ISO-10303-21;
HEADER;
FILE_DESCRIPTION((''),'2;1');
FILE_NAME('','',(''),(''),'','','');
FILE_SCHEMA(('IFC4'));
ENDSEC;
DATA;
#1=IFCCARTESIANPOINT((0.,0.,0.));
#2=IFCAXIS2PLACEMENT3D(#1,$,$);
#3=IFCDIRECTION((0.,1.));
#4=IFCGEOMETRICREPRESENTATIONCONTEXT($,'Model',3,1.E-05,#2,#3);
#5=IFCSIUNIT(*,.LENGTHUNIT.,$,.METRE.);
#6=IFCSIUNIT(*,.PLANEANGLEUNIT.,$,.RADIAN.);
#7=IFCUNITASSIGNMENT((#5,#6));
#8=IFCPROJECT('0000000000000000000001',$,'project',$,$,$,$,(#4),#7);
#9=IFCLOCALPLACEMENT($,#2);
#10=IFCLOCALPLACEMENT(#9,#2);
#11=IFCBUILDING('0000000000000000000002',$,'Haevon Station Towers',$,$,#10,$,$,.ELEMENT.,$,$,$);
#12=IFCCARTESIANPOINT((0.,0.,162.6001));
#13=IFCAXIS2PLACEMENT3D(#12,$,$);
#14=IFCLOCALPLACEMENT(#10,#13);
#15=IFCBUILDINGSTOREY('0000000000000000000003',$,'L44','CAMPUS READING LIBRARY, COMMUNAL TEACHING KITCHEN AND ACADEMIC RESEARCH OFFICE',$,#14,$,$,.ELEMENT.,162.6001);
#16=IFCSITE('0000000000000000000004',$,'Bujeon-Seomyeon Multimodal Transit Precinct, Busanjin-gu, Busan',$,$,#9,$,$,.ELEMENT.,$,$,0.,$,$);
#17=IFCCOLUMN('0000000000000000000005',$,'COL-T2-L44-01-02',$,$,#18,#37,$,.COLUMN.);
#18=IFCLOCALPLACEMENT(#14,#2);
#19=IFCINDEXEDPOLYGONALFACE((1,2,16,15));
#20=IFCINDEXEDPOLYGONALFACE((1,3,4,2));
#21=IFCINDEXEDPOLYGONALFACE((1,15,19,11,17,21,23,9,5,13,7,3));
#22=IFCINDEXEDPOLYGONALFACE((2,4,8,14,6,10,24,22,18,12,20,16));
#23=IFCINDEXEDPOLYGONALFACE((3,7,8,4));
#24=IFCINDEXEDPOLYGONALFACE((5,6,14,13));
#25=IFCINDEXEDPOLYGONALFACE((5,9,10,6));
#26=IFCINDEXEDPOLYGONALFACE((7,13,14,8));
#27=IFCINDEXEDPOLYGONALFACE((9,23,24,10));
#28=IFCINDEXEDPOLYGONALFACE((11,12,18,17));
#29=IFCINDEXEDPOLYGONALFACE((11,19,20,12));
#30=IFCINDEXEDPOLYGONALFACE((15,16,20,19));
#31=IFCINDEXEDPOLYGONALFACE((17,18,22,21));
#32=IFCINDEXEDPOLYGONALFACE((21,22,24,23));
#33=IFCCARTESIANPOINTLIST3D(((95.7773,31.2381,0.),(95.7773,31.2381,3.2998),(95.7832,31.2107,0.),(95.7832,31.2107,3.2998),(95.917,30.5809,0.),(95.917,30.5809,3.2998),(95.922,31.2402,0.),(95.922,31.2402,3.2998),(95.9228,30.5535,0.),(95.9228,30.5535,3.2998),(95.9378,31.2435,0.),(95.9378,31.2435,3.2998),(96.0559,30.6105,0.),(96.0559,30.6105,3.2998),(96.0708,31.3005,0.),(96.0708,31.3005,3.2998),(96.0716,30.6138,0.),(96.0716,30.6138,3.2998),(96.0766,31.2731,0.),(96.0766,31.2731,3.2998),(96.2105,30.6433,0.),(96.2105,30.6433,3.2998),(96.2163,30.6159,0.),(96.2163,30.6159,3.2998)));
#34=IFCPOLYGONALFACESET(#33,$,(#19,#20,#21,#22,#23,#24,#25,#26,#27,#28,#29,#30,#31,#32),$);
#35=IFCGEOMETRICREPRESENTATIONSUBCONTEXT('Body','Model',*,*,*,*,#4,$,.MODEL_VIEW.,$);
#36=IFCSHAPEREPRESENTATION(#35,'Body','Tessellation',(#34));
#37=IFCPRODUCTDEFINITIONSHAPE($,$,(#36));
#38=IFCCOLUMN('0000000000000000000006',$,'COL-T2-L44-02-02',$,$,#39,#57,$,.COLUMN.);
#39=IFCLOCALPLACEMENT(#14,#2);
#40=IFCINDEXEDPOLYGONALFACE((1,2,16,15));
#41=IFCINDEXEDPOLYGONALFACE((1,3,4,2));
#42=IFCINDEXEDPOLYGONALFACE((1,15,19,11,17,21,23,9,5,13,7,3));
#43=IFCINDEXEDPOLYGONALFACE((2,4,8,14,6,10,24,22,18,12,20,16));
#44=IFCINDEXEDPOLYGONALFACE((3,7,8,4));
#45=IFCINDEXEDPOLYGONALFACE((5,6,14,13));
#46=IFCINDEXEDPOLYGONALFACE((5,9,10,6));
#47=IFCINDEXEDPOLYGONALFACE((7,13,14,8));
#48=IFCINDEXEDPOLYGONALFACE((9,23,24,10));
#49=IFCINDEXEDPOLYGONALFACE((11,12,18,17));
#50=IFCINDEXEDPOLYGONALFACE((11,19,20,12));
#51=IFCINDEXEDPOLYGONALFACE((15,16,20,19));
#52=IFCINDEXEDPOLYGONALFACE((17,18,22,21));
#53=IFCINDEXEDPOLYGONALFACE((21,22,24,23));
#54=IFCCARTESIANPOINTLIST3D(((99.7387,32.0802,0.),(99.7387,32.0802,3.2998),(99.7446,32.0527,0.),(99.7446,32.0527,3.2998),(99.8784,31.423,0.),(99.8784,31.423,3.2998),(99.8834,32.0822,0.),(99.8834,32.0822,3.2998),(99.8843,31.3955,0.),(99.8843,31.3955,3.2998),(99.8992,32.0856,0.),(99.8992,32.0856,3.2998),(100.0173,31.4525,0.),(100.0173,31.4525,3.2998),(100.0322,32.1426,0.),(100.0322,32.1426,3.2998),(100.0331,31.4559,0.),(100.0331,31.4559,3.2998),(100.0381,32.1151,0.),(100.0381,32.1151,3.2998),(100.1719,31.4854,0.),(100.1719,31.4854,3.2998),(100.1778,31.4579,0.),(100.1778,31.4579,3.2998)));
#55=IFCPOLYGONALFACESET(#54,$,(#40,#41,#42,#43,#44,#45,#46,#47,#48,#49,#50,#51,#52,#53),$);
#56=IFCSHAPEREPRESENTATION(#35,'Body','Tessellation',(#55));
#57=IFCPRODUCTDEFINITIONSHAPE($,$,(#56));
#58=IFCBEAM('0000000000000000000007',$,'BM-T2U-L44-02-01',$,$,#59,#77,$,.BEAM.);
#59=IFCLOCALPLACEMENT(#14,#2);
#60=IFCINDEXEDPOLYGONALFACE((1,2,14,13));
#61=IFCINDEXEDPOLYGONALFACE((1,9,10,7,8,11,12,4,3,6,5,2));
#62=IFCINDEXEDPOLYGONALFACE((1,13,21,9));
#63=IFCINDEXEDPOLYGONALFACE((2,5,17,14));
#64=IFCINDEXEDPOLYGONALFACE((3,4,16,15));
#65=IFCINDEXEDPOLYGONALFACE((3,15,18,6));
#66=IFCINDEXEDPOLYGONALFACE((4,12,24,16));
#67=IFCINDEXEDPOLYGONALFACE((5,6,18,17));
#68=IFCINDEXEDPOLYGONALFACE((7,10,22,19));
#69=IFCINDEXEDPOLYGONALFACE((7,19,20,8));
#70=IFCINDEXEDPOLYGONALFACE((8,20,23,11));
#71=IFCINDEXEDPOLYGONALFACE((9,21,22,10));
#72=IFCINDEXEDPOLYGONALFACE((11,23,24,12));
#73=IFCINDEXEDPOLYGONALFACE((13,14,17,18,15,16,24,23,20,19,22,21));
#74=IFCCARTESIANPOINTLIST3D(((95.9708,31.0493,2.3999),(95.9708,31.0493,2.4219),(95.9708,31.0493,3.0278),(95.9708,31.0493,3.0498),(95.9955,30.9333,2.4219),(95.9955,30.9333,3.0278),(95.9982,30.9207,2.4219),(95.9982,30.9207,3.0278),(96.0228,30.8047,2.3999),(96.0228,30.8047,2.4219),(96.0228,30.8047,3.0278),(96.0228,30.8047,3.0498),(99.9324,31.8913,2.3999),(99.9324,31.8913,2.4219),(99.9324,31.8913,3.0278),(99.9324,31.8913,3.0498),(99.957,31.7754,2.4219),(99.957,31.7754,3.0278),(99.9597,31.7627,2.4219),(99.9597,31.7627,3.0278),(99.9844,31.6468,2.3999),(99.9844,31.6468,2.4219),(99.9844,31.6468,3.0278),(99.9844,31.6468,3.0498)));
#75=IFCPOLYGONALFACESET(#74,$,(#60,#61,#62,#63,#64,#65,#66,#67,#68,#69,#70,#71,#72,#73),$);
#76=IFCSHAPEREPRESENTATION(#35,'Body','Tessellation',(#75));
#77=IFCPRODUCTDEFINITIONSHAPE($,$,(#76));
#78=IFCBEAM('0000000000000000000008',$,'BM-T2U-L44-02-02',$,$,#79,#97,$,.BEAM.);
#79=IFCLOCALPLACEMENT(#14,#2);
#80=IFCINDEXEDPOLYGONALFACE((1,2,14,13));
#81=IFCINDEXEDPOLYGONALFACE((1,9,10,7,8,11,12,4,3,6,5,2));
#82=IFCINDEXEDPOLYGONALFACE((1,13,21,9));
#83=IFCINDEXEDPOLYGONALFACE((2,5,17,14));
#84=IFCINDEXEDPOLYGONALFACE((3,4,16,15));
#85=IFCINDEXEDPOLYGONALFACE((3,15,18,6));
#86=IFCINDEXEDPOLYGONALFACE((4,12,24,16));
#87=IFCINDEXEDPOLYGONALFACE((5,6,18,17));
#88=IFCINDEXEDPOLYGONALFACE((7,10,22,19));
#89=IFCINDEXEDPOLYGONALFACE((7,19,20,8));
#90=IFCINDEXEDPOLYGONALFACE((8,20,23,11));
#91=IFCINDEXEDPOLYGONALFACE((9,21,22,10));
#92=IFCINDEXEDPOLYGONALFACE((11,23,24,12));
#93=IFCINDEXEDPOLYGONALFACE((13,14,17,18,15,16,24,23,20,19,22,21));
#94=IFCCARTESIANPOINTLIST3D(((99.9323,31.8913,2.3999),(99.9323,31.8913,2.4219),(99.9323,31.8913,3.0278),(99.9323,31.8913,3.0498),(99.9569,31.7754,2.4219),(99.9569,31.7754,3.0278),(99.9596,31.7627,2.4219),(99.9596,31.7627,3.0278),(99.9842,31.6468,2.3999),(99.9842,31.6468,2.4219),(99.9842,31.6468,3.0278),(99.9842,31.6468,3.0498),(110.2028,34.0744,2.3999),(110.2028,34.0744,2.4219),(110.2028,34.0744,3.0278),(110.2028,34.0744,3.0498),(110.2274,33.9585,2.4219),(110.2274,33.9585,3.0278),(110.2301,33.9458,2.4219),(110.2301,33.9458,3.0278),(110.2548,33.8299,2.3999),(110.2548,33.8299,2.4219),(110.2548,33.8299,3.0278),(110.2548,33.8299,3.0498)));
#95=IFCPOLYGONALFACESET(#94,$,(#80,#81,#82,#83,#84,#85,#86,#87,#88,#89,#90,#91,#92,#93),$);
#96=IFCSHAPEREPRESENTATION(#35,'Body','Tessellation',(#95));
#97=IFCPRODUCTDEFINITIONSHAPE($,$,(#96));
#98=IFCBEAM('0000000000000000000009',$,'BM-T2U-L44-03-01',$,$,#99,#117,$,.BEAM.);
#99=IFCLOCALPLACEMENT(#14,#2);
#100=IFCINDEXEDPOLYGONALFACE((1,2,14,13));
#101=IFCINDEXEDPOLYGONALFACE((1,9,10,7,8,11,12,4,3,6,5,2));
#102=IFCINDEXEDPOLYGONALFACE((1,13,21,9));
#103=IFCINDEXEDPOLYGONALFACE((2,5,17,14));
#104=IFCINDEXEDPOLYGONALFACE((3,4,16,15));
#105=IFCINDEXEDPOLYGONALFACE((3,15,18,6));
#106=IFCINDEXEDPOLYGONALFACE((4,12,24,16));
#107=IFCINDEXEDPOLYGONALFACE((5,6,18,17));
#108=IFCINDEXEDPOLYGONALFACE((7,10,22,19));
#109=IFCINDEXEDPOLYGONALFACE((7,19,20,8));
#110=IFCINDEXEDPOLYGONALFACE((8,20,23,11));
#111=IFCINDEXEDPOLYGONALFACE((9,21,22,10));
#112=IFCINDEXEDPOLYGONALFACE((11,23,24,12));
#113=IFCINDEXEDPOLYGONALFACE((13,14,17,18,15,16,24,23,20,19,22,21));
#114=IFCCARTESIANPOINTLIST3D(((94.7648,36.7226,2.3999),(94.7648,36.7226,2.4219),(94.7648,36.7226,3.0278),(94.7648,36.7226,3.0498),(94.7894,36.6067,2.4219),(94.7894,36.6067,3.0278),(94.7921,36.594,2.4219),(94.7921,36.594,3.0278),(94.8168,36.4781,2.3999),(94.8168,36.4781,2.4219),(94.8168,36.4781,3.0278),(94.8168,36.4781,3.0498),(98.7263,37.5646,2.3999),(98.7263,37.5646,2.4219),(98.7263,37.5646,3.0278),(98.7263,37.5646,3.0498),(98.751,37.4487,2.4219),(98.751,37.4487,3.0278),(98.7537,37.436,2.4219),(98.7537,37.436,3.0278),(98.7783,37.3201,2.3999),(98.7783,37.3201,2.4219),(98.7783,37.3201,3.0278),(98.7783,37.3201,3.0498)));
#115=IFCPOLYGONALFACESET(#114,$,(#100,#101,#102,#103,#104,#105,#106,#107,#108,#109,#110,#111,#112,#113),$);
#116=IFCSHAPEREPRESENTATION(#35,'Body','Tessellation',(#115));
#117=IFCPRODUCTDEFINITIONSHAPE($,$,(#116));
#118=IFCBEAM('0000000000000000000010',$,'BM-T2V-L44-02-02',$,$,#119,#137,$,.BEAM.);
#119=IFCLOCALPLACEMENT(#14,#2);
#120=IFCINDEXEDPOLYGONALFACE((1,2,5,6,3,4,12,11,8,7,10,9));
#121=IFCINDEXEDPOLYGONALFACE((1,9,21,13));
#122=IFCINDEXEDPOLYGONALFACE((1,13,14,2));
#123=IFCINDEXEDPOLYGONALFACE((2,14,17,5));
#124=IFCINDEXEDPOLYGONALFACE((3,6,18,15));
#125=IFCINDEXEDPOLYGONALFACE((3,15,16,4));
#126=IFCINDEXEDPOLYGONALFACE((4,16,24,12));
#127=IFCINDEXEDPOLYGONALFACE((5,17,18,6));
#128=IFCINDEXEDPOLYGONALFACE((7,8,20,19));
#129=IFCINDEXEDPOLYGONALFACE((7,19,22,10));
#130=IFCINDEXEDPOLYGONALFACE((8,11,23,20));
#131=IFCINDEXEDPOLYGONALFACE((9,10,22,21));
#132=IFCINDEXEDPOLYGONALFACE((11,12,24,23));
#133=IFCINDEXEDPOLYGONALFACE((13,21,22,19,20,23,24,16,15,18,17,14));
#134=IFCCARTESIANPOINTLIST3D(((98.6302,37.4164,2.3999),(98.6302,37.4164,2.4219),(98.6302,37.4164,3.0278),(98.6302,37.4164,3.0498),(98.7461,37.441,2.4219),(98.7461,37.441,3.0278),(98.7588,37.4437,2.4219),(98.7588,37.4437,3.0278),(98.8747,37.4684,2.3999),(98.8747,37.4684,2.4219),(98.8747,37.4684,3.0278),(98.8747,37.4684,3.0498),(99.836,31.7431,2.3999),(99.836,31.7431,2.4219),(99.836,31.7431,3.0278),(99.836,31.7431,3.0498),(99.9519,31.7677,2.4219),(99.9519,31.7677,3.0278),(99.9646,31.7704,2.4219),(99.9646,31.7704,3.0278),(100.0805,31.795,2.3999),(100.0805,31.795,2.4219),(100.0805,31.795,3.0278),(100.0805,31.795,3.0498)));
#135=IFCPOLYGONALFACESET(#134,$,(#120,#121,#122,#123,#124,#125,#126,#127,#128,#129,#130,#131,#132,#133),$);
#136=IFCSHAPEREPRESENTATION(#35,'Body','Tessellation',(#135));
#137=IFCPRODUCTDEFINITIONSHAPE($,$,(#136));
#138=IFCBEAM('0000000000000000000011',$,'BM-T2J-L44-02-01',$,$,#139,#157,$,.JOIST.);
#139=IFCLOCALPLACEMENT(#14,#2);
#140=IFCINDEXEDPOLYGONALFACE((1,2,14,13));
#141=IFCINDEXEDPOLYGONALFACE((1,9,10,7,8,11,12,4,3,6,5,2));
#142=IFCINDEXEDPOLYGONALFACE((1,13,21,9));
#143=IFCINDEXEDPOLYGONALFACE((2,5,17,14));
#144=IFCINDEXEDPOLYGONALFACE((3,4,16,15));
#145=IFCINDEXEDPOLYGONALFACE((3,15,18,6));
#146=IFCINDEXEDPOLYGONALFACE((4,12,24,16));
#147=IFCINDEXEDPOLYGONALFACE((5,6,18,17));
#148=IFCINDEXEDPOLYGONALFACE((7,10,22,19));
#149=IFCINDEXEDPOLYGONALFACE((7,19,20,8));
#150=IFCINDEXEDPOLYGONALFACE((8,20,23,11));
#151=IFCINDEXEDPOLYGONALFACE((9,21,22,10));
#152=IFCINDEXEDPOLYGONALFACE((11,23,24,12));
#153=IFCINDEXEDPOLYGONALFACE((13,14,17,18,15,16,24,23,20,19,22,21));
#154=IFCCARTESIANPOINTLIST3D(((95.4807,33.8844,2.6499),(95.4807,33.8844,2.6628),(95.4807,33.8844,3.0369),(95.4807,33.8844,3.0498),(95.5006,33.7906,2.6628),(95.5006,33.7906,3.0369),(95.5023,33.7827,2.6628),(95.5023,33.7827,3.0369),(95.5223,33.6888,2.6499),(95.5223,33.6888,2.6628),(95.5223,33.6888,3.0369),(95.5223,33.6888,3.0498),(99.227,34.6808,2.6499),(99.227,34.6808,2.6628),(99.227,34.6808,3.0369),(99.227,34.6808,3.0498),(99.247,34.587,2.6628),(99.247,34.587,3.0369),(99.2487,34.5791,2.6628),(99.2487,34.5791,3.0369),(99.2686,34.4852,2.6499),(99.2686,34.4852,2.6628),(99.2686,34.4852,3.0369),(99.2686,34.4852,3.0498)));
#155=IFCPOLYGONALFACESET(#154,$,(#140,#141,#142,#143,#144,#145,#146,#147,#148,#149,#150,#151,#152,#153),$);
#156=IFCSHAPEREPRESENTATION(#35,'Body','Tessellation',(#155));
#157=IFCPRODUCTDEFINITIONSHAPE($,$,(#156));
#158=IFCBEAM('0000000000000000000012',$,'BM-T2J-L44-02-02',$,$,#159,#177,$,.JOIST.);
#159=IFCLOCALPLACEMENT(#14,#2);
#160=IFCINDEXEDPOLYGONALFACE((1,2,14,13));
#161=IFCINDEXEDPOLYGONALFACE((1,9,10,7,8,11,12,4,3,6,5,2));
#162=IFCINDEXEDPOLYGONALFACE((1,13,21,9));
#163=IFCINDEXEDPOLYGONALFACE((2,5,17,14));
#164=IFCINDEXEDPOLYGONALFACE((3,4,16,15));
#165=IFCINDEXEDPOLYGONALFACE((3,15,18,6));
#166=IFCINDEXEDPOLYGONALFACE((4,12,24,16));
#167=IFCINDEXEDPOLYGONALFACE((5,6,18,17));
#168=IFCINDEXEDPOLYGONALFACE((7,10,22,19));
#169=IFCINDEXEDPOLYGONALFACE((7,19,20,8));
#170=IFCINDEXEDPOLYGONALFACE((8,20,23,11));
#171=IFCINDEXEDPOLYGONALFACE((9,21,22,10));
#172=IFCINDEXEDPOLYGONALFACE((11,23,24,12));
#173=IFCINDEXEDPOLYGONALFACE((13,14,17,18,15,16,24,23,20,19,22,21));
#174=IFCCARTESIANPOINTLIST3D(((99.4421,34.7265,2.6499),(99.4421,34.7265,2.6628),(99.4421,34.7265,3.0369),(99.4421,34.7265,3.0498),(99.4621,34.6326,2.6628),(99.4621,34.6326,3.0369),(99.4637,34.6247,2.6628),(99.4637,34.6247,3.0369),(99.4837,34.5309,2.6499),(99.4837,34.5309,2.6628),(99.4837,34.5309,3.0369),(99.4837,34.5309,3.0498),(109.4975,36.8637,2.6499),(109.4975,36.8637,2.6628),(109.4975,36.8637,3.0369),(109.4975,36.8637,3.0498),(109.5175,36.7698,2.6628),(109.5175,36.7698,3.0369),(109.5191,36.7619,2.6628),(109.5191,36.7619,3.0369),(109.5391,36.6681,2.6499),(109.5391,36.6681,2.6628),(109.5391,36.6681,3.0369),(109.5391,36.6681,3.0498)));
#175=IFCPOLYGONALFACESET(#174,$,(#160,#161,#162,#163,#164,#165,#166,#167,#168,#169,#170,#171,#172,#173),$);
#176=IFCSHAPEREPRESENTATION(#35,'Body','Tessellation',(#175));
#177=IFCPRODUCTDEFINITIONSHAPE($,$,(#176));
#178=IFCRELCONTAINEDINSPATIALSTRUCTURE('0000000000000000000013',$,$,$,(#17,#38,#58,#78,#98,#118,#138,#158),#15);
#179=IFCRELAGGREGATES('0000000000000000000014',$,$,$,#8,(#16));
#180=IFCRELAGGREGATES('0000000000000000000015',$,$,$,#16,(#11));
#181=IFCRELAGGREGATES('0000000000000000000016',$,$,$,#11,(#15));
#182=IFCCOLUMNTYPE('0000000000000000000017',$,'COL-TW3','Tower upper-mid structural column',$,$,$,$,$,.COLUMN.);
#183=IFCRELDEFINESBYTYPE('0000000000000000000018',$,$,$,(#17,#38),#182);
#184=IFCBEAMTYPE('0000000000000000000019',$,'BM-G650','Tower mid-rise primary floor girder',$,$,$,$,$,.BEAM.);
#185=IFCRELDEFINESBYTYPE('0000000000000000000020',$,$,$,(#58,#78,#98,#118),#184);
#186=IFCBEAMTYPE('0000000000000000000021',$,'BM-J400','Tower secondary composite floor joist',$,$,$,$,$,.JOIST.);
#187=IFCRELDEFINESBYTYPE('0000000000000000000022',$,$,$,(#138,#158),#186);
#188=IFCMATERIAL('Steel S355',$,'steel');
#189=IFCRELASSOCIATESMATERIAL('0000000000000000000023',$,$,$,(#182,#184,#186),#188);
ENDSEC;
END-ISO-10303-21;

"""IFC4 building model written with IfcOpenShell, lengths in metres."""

from ifc_helpers import new_model, si_unit, direction, frame, origin, origin_2d, place, context, subcontext, project, spatial, i_section, extrude, material, material_profile, profile_set, type_object, element, save


model = new_model("IFC4")

# Units and contexts
model_context = context("Model", 3, precision=1e-05, world=origin(), true_north=direction((0.0, 1.0)))
body_context = subcontext(model_context, "Body", "Model", "MODEL_VIEW")
ifc_project = project(units=[si_unit("LENGTHUNIT", "METRE"), si_unit("PLANEANGLEUNIT", "RADIAN")], contexts=[model_context])

# Site, building, storey
site_placement = place(None, origin())
site = spatial("IfcSite", under=ifc_project, at=site_placement, Name="Bujeon-Seomyeon Multimodal Transit Precinct, Busanjin-gu, Busan", CompositionType="ELEMENT", RefElevation=0.0)
building_placement = place(site_placement, origin())
building = spatial("IfcBuilding", under=site, at=building_placement, Name="Haevon Station Towers", CompositionType="ELEMENT")
storey_placement = place(building_placement, frame((0.0, 0.0, 162.6001)))
storey = spatial("IfcBuildingStorey", under=building, at=storey_placement, Name="L44", Description="CAMPUS READING LIBRARY, COMMUNAL TEACHING KITCHEN AND ACADEMIC RESEARCH OFFICE", CompositionType="ELEMENT", Elevation=162.6001)

# Columns
ifc_material_1 = material(Name="Steel S355", Category="steel")
ifc_material_profile_1 = material_profile(ifc_material_1, i_section(OverallWidth=0.3, OverallDepth=0.7, WebThickness=0.0161, FlangeThickness=0.0281, at=origin_2d()), Name="H-700x300x16x28")
ifc_profile_set_1 = profile_set([ifc_material_profile_1], Name="Steel S355")
column_type = type_object("IfcColumnType", Name="COL-TW3", Description="Tower upper-mid structural column", PredefinedType="COLUMN", material=ifc_profile_set_1)
for number, where, z_axis, x_axis, name in (
    (1, (95.9968, 30.927, 0.0), (0.0, 0.0, 1.0), (0.978148, 0.207912, 0.0), "COL-T2-L44-01-02"),
    (2, (99.9583, 31.769, 0.0), (0.0, 0.0, 1.0), (0.978148, 0.207912, 0.0), "COL-T2-L44-02-02"),
):
    element("IfcColumn", number, at=place(storey_placement, frame(where, z_axis=z_axis, x_axis=x_axis)), inside=storey, type_object=column_type, Name=name, PredefinedType="COLUMN", context=body_context, shape_type="SweptSolid", body=[
        extrude(i_section(OverallWidth=0.3, OverallDepth=0.7, WebThickness=0.0161, FlangeThickness=0.0281, at=origin_2d()), origin(), (0.0, 0.0, 1.0), 3.2998),
    ])

# Beams
ifc_material_profile_2 = material_profile(ifc_material_1, i_section(OverallWidth=0.25, OverallDepth=0.6499, WebThickness=0.0129, FlangeThickness=0.022, at=origin_2d()), Name="H-650x250x13x22")
ifc_profile_set_2 = profile_set([ifc_material_profile_2], Name="Steel S355")
beam_type_1 = type_object("IfcBeamType", Name="BM-G650", Description="Tower mid-rise primary floor girder", PredefinedType="BEAM", material=ifc_profile_set_2)
beam_1_placement = place(storey_placement, frame((95.9968, 30.927, 2.7249), z_axis=(0.978147, 0.207915, 0.0), x_axis=(-0.207915, 0.978147, 0.0)))
element("IfcBeam", 3, at=beam_1_placement, inside=storey, type_object=beam_type_1, Name="BM-T2U-L44-02-01", PredefinedType="BEAM", context=body_context, shape_type="SweptSolid", body=[
    extrude(i_section(OverallWidth=0.25, OverallDepth=0.6499, WebThickness=0.0129, FlangeThickness=0.022, at=origin_2d()), origin(), (0.0, 0.0, 1.0), 4.05),
])
beam_2_placement = place(storey_placement, frame((99.9583, 31.769, 2.7249), z_axis=(0.978147, 0.207915, 0.0), x_axis=(-0.207915, 0.978147, 0.0)))
element("IfcBeam", 4, at=beam_2_placement, inside=storey, type_object=beam_type_1, Name="BM-T2U-L44-02-02", PredefinedType="BEAM", context=body_context, shape_type="SweptSolid", body=[
    extrude(i_section(OverallWidth=0.25, OverallDepth=0.6499, WebThickness=0.0129, FlangeThickness=0.022, at=origin_2d()), origin(), (0.0, 0.0, 1.0), 10.5),
])
beam_3_placement = place(storey_placement, frame((94.7908, 36.6003, 2.7249), z_axis=(0.97815, 0.207903, 0.0), x_axis=(-0.207903, 0.97815, 0.0)))
element("IfcBeam", 5, at=beam_3_placement, inside=storey, type_object=beam_type_1, Name="BM-T2U-L44-03-01", PredefinedType="BEAM", context=body_context, shape_type="SweptSolid", body=[
    extrude(i_section(OverallWidth=0.25, OverallDepth=0.6499, WebThickness=0.0129, FlangeThickness=0.022, at=origin_2d()), origin(), (0.0, 0.0, 1.0), 4.05),
])
beam_4_placement = place(storey_placement, frame((99.9583, 31.769, 2.7249), z_axis=(-0.207896, 0.978151, 0.0), x_axis=(-0.978151, -0.207896, 0.0)))
element("IfcBeam", 6, at=beam_4_placement, inside=storey, type_object=beam_type_1, Name="BM-T2V-L44-02-02", PredefinedType="BEAM", context=body_context, shape_type="SweptSolid", body=[
    extrude(i_section(OverallWidth=0.25, OverallDepth=0.6499, WebThickness=0.0129, FlangeThickness=0.022, at=origin_2d()), origin(), (0.0, 0.0, 1.0), 5.8),
])
ifc_material_profile_3 = material_profile(ifc_material_1, i_section(OverallWidth=0.2, OverallDepth=0.3999, WebThickness=0.0081, FlangeThickness=0.0129, at=origin_2d()), Name="H-400x200x8x13")
ifc_profile_set_3 = profile_set([ifc_material_profile_3], Name="Steel S355")
beam_type_2 = type_object("IfcBeamType", Name="BM-J400", Description="Tower secondary composite floor joist", PredefinedType="JOIST", material=ifc_profile_set_3)
beam_5_placement = place(storey_placement, frame((95.5015, 33.7866, 2.8499), z_axis=(0.978143, 0.207931, 0.0), x_axis=(-0.207931, 0.978143, 0.0)))
element("IfcBeam", 7, at=beam_5_placement, inside=storey, type_object=beam_type_2, Name="BM-T2J-L44-02-01", PredefinedType="JOIST", context=body_context, shape_type="SweptSolid", body=[
    extrude(i_section(OverallWidth=0.2, OverallDepth=0.3999, WebThickness=0.0081, FlangeThickness=0.0129, at=origin_2d()), origin(), (0.0, 0.0, 1.0), 3.8301),
])
beam_6_placement = place(storey_placement, frame((99.4629, 34.6287, 2.8499), z_axis=(0.97815, 0.207899, 0.0), x_axis=(-0.207899, 0.97815, 0.0)))
element("IfcBeam", 8, at=beam_6_placement, inside=storey, type_object=beam_type_2, Name="BM-T2J-L44-02-02", PredefinedType="JOIST", context=body_context, shape_type="SweptSolid", body=[
    extrude(i_section(OverallWidth=0.2, OverallDepth=0.3999, WebThickness=0.0081, FlangeThickness=0.0129, at=origin_2d()), origin(), (0.0, 0.0, 1.0), 10.28),
])

save(model, "model.ifc")
